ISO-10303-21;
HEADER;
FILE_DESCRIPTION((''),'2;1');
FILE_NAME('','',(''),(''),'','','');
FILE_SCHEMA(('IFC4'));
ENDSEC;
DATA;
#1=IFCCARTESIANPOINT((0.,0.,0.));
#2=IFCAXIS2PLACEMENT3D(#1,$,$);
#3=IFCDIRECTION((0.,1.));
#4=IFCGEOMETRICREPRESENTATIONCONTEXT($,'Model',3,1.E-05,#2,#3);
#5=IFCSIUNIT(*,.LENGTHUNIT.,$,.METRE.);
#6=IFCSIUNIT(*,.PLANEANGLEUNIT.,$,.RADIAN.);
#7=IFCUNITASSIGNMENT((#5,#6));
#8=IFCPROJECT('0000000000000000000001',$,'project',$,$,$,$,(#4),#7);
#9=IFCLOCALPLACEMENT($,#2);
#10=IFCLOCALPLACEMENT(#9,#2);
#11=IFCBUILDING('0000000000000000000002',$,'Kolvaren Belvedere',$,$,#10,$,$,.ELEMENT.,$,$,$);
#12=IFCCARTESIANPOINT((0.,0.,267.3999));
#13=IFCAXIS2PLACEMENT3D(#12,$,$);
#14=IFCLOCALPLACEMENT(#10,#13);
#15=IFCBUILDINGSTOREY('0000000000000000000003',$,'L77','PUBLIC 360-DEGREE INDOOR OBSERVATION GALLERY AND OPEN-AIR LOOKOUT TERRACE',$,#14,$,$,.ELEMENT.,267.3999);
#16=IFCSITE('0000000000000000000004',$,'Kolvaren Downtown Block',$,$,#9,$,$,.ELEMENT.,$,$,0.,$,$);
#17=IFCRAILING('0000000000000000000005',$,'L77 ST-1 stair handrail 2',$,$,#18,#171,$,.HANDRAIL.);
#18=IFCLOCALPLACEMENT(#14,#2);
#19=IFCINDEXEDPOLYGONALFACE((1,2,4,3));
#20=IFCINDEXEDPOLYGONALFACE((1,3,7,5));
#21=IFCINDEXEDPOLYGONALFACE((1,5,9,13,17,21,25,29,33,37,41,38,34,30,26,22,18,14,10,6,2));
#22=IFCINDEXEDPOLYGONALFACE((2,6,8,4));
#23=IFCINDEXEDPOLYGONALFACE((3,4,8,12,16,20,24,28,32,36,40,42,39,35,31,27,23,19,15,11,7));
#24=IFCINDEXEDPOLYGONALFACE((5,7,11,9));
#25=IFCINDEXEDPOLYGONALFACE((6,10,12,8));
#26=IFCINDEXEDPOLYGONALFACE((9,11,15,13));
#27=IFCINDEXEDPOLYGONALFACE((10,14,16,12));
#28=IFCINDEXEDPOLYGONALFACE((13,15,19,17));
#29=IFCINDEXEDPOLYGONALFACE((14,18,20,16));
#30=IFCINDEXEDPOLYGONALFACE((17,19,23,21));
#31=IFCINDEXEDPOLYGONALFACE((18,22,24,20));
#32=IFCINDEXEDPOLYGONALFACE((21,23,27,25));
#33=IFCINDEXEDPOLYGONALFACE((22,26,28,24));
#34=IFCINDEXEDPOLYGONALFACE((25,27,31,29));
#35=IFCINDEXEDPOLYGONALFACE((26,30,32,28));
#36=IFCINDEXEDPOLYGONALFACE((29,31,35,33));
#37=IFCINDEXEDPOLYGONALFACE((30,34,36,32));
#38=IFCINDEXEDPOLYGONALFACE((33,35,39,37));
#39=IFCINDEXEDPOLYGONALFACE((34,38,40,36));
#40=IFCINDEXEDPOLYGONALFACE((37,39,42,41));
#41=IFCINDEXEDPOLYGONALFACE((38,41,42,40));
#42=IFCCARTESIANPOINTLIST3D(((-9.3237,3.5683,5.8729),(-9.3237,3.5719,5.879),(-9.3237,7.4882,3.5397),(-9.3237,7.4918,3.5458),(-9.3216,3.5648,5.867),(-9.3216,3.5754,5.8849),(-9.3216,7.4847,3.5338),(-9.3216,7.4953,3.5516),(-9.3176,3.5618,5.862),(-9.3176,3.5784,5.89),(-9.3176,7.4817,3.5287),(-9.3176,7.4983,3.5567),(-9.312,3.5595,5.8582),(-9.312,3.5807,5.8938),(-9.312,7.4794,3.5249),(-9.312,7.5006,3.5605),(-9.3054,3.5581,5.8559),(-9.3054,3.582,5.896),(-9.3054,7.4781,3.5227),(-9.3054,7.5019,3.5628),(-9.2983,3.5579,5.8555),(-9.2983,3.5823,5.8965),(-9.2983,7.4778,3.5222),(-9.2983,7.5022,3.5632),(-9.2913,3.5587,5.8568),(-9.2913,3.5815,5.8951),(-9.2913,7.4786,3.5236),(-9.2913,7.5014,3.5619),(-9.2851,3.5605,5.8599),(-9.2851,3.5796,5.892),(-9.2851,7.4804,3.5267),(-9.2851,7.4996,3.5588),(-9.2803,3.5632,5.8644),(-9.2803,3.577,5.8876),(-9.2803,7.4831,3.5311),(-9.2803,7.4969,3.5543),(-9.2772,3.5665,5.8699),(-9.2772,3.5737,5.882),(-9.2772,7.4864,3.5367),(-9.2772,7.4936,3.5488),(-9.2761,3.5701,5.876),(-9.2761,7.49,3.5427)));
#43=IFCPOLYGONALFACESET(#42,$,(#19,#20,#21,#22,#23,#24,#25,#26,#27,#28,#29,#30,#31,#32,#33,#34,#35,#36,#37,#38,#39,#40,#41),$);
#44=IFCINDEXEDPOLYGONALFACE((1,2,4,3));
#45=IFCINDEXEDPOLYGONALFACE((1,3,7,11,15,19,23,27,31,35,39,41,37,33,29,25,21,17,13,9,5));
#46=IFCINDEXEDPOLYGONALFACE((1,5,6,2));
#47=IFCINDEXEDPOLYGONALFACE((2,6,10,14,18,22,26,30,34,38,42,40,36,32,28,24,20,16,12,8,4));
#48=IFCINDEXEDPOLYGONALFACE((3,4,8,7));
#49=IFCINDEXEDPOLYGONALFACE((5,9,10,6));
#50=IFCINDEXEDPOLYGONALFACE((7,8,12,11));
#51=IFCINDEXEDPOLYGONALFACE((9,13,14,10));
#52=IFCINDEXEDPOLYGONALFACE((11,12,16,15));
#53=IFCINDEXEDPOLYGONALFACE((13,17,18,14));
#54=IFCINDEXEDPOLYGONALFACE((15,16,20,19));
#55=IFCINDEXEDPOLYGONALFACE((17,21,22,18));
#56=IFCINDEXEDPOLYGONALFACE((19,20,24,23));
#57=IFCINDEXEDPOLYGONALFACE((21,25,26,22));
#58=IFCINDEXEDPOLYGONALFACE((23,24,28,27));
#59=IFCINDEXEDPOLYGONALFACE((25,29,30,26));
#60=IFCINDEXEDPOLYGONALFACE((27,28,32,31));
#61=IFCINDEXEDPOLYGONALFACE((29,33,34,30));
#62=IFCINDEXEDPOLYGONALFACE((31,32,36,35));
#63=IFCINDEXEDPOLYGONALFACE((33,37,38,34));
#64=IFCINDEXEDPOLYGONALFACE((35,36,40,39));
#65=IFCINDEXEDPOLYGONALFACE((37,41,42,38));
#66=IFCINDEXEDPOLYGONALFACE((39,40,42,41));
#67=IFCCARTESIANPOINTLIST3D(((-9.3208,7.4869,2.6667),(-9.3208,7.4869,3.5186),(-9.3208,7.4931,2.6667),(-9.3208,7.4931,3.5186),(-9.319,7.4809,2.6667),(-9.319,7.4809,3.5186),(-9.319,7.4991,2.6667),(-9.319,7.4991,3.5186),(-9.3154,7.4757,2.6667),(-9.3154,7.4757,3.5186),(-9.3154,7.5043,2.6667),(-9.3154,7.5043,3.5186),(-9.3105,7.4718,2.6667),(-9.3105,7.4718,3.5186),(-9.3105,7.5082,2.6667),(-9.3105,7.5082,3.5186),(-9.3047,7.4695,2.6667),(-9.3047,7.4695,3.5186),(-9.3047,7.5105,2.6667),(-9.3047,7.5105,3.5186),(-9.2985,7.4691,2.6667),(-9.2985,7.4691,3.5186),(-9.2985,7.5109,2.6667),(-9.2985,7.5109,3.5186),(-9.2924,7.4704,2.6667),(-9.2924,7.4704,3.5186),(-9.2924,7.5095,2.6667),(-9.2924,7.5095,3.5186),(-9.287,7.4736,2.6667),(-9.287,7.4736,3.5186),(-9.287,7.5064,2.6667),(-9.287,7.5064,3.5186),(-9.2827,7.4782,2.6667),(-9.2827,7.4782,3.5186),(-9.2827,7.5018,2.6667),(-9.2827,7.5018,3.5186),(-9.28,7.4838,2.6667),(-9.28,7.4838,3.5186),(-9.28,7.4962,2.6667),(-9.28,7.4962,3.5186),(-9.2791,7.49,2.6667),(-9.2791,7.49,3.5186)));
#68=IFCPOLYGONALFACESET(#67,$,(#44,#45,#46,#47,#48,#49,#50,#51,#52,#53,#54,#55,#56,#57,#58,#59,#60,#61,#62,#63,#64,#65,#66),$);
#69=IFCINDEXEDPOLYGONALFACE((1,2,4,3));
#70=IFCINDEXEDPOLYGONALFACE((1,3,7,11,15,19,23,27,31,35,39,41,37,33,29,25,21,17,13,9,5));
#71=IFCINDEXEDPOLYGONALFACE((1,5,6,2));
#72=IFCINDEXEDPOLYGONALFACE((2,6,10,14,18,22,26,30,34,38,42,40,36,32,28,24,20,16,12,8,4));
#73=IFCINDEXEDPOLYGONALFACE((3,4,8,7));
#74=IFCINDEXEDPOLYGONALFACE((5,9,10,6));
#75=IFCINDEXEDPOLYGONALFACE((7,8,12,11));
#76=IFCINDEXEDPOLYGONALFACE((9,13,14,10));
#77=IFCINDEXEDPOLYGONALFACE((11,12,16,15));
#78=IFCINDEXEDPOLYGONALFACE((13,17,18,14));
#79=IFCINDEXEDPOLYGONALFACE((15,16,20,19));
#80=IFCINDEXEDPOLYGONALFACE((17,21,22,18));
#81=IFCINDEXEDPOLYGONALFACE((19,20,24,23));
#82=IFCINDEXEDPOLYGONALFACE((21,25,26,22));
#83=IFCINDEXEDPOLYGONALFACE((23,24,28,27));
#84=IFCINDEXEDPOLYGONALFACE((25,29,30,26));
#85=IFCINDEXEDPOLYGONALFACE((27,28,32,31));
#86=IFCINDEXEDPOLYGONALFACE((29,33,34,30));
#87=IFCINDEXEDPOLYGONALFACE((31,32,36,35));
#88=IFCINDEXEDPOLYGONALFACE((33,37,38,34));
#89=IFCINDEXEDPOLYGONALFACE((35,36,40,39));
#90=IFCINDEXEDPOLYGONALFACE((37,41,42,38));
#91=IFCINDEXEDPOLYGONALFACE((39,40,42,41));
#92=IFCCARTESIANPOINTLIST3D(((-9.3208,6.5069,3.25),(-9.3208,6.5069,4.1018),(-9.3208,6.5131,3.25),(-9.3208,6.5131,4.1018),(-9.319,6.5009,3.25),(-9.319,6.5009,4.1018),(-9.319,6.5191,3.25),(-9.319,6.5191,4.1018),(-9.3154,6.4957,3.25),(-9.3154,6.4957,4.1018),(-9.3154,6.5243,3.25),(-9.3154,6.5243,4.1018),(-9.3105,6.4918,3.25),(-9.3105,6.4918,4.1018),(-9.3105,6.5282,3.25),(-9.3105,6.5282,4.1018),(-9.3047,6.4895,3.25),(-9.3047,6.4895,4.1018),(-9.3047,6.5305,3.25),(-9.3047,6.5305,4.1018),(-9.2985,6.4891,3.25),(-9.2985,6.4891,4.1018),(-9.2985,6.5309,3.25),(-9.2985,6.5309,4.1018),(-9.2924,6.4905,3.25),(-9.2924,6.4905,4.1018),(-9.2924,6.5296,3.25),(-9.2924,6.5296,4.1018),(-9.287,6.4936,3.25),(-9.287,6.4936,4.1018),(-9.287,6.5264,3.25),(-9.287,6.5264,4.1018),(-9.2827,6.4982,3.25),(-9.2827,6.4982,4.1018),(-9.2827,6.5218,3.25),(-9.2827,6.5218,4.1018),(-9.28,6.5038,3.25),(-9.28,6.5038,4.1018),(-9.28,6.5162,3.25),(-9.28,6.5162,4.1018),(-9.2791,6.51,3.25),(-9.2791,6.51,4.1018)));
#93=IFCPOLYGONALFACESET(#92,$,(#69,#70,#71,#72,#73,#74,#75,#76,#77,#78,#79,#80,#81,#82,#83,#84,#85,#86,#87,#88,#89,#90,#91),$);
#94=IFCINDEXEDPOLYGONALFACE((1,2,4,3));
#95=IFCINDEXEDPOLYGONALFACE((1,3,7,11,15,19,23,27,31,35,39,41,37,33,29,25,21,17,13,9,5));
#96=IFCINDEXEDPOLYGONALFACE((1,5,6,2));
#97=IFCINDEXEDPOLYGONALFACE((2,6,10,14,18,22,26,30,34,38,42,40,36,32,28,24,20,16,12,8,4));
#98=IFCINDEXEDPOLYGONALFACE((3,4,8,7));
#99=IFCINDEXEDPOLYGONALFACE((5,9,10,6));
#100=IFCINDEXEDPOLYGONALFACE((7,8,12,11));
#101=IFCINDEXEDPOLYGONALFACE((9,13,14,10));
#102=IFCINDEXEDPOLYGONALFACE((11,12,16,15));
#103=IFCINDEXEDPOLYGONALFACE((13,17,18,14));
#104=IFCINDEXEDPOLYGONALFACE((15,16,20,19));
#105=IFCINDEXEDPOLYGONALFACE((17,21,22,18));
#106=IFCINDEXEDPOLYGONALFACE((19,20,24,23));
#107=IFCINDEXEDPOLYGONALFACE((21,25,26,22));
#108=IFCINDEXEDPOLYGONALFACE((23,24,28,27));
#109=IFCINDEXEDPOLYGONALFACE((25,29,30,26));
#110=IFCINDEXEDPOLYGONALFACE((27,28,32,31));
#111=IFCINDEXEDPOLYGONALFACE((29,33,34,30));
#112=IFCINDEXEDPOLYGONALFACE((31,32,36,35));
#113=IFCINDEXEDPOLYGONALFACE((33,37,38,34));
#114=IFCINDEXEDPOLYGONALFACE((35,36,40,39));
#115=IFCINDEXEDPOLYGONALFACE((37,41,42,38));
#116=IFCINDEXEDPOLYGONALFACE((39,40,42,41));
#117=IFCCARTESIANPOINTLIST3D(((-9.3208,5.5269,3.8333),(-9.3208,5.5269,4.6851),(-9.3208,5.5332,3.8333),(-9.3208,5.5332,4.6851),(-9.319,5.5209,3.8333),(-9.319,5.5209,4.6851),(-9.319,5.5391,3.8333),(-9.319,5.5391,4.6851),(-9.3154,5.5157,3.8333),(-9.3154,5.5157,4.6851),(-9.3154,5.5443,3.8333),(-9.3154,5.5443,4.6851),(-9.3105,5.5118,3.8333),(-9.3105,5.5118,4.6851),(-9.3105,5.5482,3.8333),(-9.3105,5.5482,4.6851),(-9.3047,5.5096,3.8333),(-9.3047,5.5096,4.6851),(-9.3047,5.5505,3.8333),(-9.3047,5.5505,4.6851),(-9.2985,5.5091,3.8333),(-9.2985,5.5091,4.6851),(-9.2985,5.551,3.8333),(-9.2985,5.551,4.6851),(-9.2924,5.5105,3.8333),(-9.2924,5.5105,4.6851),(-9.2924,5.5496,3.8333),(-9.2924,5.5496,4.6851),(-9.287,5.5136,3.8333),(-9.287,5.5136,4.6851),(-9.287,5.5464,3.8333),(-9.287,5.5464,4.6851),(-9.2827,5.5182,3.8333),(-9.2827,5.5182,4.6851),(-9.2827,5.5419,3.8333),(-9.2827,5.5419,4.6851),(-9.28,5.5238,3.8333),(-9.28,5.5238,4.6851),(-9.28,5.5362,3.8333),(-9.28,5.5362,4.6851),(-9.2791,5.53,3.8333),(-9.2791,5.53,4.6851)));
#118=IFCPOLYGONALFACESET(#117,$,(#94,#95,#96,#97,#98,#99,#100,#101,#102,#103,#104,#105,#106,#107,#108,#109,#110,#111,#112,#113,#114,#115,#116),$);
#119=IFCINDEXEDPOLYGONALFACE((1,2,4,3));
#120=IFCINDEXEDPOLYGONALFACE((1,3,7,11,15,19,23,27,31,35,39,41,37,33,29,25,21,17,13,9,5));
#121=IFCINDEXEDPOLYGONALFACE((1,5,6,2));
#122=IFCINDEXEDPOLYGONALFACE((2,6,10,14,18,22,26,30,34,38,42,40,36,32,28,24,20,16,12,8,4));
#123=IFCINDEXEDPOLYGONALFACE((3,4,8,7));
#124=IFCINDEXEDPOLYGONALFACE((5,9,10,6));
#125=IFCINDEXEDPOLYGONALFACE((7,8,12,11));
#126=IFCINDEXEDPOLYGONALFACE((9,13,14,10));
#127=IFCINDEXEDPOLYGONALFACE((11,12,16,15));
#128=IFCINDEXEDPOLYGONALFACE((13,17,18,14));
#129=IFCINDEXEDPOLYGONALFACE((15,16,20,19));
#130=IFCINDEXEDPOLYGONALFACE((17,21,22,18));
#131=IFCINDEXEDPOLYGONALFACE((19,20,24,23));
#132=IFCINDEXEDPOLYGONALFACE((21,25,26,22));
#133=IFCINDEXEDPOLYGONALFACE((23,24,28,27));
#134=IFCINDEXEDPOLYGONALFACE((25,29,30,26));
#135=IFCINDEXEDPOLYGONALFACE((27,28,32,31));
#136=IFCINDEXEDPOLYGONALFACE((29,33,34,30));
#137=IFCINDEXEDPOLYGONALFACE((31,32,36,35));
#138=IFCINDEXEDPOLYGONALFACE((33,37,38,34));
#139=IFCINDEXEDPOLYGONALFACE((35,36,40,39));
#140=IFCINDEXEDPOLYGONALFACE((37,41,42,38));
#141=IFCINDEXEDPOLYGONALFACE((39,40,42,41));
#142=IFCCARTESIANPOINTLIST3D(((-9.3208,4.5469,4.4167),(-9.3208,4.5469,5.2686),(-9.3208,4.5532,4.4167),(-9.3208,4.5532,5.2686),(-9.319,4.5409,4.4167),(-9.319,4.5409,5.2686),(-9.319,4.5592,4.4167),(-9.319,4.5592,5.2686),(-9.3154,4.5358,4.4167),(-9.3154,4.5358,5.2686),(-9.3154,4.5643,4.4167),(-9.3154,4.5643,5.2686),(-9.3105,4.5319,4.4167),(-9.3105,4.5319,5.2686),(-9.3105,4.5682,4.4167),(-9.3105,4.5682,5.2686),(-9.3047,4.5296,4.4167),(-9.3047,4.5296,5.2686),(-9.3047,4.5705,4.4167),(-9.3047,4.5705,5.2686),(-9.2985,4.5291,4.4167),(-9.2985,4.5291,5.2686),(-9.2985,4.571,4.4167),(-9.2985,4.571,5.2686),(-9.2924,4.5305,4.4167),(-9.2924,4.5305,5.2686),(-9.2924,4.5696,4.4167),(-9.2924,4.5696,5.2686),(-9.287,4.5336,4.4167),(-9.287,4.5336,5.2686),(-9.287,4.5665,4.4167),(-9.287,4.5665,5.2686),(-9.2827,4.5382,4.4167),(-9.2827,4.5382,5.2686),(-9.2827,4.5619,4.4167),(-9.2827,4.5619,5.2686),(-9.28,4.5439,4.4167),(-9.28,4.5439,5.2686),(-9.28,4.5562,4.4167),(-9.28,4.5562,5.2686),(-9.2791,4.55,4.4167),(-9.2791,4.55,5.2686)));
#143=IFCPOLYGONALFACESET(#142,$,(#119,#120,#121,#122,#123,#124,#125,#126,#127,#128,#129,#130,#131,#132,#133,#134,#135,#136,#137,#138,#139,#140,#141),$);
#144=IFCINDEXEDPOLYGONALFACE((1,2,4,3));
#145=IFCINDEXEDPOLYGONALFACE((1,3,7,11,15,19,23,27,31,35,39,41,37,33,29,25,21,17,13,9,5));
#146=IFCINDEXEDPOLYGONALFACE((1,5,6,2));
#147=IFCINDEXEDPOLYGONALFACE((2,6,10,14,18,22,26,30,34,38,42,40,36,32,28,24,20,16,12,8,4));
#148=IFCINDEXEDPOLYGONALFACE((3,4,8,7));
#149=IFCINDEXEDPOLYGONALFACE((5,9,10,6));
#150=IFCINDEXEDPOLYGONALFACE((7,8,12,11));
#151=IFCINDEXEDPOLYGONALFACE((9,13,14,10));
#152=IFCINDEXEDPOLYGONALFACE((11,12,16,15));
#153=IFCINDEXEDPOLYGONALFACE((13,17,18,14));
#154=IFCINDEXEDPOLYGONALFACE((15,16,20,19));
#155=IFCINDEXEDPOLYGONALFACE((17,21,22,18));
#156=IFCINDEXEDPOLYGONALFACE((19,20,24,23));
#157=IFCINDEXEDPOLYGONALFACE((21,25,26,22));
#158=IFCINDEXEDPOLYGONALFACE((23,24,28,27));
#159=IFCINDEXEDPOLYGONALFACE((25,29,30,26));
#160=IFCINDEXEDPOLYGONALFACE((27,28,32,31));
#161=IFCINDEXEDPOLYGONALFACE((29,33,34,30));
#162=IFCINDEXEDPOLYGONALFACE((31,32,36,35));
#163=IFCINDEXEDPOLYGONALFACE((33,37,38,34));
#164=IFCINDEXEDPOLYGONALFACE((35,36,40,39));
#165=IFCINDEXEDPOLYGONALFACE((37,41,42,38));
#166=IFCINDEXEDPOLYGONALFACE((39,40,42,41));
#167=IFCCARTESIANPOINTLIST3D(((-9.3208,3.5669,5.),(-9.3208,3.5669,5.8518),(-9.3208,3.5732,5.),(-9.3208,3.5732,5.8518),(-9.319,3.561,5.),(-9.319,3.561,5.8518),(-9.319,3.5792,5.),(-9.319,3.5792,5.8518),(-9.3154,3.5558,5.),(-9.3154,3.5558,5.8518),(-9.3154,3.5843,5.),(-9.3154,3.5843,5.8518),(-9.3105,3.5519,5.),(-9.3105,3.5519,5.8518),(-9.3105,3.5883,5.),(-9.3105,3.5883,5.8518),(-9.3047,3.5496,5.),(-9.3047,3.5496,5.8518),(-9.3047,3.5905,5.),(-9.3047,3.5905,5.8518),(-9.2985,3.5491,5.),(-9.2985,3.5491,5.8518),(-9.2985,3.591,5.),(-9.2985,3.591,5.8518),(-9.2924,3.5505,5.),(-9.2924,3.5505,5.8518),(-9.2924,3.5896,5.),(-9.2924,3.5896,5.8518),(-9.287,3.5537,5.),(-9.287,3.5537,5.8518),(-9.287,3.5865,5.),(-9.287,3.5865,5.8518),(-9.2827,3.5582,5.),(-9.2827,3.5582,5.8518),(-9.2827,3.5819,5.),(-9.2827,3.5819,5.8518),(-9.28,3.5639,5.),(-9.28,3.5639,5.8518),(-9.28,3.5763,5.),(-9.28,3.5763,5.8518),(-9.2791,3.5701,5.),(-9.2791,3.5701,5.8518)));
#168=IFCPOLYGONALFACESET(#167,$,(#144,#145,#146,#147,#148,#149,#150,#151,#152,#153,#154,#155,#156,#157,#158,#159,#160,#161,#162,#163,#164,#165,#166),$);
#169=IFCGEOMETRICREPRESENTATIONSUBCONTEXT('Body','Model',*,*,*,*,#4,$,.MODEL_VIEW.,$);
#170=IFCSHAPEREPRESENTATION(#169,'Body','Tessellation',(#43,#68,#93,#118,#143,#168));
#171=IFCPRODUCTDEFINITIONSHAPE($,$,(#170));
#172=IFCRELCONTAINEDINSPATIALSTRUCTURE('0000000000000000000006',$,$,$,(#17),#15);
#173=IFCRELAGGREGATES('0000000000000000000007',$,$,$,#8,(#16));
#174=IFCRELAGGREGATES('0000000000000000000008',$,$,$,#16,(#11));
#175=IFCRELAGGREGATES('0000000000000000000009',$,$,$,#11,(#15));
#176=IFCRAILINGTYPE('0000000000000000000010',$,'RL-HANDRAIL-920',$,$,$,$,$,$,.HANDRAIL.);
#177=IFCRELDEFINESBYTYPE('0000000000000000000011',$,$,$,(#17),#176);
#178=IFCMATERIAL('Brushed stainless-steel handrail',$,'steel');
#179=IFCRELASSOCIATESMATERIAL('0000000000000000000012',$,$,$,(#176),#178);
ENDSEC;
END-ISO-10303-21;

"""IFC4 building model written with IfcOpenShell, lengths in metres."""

from ifc_helpers import new_model, si_unit, direction, frame, origin, origin_2d, place, context, subcontext, project, spatial, circle, extrude, material, type_object, element, save


model = new_model("IFC4")

# Units and contexts
model_context = context("Model", 3, precision=1e-05, world=origin(), true_north=direction((0.0, 1.0)))
body_context = subcontext(model_context, "Body", "Model", "MODEL_VIEW")
ifc_project = project(units=[si_unit("LENGTHUNIT", "METRE"), si_unit("PLANEANGLEUNIT", "RADIAN")], contexts=[model_context])

# Site, building, storey
site_placement = place(None, origin())
site = spatial("IfcSite", under=ifc_project, at=site_placement, Name="Kolvaren Downtown Block", CompositionType="ELEMENT", RefElevation=0.0)
building_placement = place(site_placement, origin())
building = spatial("IfcBuilding", under=site, at=building_placement, Name="Kolvaren Belvedere", CompositionType="ELEMENT")
storey_placement = place(building_placement, frame((0.0, 0.0, 267.3999)))
storey = spatial("IfcBuildingStorey", under=building, at=storey_placement, Name="L77", Description="PUBLIC 360-DEGREE INDOOR OBSERVATION GALLERY AND OPEN-AIR LOOKOUT TERRACE", CompositionType="ELEMENT", Elevation=267.3999)

# Railing
ifc_material_1 = material(Name="Brushed stainless-steel handrail", Category="steel")
railing_type = type_object("IfcRailingType", Name="RL-HANDRAIL-920", PredefinedType="HANDRAIL", material=ifc_material_1)
railing_placement = place(storey_placement, frame((-9.3, 7.49, 2.6667)))
element("IfcRailing", 1, at=railing_placement, inside=storey, type_object=railing_type, Name="L77 ST-1 stair handrail 2", PredefinedType="HANDRAIL", context=body_context, shape_type="SweptSolid", body=[
    extrude(circle(Radius=0.0239, at=origin_2d()), frame((0.0, 0.0, 0.876), z_axis=(0.0, -0.859296, 0.511478), x_axis=(1.0, 0.0, 0.0)), (0.0, 0.0, 1.0), 4.5618),
    extrude(circle(Radius=0.021, at=origin_2d()), origin(), (0.0, 0.0, 1.0), 0.8518),
    extrude(circle(Radius=0.021, at=origin_2d()), frame((0.0, -0.98, 0.5833)), (0.0, 0.0, 1.0), 0.8518),
    extrude(circle(Radius=0.021, at=origin_2d()), frame((0.0, -1.96, 1.1665)), (0.0, 0.0, 1.0), 0.8518),
    extrude(circle(Radius=0.021, at=origin_2d()), frame((0.0, -2.9399, 1.75)), (0.0, 0.0, 1.0), 0.8518),
    extrude(circle(Radius=0.021, at=origin_2d()), frame((0.0, -3.9199, 2.3333)), (0.0, 0.0, 1.0), 0.8518),
])

save(model, "model.ifc")
